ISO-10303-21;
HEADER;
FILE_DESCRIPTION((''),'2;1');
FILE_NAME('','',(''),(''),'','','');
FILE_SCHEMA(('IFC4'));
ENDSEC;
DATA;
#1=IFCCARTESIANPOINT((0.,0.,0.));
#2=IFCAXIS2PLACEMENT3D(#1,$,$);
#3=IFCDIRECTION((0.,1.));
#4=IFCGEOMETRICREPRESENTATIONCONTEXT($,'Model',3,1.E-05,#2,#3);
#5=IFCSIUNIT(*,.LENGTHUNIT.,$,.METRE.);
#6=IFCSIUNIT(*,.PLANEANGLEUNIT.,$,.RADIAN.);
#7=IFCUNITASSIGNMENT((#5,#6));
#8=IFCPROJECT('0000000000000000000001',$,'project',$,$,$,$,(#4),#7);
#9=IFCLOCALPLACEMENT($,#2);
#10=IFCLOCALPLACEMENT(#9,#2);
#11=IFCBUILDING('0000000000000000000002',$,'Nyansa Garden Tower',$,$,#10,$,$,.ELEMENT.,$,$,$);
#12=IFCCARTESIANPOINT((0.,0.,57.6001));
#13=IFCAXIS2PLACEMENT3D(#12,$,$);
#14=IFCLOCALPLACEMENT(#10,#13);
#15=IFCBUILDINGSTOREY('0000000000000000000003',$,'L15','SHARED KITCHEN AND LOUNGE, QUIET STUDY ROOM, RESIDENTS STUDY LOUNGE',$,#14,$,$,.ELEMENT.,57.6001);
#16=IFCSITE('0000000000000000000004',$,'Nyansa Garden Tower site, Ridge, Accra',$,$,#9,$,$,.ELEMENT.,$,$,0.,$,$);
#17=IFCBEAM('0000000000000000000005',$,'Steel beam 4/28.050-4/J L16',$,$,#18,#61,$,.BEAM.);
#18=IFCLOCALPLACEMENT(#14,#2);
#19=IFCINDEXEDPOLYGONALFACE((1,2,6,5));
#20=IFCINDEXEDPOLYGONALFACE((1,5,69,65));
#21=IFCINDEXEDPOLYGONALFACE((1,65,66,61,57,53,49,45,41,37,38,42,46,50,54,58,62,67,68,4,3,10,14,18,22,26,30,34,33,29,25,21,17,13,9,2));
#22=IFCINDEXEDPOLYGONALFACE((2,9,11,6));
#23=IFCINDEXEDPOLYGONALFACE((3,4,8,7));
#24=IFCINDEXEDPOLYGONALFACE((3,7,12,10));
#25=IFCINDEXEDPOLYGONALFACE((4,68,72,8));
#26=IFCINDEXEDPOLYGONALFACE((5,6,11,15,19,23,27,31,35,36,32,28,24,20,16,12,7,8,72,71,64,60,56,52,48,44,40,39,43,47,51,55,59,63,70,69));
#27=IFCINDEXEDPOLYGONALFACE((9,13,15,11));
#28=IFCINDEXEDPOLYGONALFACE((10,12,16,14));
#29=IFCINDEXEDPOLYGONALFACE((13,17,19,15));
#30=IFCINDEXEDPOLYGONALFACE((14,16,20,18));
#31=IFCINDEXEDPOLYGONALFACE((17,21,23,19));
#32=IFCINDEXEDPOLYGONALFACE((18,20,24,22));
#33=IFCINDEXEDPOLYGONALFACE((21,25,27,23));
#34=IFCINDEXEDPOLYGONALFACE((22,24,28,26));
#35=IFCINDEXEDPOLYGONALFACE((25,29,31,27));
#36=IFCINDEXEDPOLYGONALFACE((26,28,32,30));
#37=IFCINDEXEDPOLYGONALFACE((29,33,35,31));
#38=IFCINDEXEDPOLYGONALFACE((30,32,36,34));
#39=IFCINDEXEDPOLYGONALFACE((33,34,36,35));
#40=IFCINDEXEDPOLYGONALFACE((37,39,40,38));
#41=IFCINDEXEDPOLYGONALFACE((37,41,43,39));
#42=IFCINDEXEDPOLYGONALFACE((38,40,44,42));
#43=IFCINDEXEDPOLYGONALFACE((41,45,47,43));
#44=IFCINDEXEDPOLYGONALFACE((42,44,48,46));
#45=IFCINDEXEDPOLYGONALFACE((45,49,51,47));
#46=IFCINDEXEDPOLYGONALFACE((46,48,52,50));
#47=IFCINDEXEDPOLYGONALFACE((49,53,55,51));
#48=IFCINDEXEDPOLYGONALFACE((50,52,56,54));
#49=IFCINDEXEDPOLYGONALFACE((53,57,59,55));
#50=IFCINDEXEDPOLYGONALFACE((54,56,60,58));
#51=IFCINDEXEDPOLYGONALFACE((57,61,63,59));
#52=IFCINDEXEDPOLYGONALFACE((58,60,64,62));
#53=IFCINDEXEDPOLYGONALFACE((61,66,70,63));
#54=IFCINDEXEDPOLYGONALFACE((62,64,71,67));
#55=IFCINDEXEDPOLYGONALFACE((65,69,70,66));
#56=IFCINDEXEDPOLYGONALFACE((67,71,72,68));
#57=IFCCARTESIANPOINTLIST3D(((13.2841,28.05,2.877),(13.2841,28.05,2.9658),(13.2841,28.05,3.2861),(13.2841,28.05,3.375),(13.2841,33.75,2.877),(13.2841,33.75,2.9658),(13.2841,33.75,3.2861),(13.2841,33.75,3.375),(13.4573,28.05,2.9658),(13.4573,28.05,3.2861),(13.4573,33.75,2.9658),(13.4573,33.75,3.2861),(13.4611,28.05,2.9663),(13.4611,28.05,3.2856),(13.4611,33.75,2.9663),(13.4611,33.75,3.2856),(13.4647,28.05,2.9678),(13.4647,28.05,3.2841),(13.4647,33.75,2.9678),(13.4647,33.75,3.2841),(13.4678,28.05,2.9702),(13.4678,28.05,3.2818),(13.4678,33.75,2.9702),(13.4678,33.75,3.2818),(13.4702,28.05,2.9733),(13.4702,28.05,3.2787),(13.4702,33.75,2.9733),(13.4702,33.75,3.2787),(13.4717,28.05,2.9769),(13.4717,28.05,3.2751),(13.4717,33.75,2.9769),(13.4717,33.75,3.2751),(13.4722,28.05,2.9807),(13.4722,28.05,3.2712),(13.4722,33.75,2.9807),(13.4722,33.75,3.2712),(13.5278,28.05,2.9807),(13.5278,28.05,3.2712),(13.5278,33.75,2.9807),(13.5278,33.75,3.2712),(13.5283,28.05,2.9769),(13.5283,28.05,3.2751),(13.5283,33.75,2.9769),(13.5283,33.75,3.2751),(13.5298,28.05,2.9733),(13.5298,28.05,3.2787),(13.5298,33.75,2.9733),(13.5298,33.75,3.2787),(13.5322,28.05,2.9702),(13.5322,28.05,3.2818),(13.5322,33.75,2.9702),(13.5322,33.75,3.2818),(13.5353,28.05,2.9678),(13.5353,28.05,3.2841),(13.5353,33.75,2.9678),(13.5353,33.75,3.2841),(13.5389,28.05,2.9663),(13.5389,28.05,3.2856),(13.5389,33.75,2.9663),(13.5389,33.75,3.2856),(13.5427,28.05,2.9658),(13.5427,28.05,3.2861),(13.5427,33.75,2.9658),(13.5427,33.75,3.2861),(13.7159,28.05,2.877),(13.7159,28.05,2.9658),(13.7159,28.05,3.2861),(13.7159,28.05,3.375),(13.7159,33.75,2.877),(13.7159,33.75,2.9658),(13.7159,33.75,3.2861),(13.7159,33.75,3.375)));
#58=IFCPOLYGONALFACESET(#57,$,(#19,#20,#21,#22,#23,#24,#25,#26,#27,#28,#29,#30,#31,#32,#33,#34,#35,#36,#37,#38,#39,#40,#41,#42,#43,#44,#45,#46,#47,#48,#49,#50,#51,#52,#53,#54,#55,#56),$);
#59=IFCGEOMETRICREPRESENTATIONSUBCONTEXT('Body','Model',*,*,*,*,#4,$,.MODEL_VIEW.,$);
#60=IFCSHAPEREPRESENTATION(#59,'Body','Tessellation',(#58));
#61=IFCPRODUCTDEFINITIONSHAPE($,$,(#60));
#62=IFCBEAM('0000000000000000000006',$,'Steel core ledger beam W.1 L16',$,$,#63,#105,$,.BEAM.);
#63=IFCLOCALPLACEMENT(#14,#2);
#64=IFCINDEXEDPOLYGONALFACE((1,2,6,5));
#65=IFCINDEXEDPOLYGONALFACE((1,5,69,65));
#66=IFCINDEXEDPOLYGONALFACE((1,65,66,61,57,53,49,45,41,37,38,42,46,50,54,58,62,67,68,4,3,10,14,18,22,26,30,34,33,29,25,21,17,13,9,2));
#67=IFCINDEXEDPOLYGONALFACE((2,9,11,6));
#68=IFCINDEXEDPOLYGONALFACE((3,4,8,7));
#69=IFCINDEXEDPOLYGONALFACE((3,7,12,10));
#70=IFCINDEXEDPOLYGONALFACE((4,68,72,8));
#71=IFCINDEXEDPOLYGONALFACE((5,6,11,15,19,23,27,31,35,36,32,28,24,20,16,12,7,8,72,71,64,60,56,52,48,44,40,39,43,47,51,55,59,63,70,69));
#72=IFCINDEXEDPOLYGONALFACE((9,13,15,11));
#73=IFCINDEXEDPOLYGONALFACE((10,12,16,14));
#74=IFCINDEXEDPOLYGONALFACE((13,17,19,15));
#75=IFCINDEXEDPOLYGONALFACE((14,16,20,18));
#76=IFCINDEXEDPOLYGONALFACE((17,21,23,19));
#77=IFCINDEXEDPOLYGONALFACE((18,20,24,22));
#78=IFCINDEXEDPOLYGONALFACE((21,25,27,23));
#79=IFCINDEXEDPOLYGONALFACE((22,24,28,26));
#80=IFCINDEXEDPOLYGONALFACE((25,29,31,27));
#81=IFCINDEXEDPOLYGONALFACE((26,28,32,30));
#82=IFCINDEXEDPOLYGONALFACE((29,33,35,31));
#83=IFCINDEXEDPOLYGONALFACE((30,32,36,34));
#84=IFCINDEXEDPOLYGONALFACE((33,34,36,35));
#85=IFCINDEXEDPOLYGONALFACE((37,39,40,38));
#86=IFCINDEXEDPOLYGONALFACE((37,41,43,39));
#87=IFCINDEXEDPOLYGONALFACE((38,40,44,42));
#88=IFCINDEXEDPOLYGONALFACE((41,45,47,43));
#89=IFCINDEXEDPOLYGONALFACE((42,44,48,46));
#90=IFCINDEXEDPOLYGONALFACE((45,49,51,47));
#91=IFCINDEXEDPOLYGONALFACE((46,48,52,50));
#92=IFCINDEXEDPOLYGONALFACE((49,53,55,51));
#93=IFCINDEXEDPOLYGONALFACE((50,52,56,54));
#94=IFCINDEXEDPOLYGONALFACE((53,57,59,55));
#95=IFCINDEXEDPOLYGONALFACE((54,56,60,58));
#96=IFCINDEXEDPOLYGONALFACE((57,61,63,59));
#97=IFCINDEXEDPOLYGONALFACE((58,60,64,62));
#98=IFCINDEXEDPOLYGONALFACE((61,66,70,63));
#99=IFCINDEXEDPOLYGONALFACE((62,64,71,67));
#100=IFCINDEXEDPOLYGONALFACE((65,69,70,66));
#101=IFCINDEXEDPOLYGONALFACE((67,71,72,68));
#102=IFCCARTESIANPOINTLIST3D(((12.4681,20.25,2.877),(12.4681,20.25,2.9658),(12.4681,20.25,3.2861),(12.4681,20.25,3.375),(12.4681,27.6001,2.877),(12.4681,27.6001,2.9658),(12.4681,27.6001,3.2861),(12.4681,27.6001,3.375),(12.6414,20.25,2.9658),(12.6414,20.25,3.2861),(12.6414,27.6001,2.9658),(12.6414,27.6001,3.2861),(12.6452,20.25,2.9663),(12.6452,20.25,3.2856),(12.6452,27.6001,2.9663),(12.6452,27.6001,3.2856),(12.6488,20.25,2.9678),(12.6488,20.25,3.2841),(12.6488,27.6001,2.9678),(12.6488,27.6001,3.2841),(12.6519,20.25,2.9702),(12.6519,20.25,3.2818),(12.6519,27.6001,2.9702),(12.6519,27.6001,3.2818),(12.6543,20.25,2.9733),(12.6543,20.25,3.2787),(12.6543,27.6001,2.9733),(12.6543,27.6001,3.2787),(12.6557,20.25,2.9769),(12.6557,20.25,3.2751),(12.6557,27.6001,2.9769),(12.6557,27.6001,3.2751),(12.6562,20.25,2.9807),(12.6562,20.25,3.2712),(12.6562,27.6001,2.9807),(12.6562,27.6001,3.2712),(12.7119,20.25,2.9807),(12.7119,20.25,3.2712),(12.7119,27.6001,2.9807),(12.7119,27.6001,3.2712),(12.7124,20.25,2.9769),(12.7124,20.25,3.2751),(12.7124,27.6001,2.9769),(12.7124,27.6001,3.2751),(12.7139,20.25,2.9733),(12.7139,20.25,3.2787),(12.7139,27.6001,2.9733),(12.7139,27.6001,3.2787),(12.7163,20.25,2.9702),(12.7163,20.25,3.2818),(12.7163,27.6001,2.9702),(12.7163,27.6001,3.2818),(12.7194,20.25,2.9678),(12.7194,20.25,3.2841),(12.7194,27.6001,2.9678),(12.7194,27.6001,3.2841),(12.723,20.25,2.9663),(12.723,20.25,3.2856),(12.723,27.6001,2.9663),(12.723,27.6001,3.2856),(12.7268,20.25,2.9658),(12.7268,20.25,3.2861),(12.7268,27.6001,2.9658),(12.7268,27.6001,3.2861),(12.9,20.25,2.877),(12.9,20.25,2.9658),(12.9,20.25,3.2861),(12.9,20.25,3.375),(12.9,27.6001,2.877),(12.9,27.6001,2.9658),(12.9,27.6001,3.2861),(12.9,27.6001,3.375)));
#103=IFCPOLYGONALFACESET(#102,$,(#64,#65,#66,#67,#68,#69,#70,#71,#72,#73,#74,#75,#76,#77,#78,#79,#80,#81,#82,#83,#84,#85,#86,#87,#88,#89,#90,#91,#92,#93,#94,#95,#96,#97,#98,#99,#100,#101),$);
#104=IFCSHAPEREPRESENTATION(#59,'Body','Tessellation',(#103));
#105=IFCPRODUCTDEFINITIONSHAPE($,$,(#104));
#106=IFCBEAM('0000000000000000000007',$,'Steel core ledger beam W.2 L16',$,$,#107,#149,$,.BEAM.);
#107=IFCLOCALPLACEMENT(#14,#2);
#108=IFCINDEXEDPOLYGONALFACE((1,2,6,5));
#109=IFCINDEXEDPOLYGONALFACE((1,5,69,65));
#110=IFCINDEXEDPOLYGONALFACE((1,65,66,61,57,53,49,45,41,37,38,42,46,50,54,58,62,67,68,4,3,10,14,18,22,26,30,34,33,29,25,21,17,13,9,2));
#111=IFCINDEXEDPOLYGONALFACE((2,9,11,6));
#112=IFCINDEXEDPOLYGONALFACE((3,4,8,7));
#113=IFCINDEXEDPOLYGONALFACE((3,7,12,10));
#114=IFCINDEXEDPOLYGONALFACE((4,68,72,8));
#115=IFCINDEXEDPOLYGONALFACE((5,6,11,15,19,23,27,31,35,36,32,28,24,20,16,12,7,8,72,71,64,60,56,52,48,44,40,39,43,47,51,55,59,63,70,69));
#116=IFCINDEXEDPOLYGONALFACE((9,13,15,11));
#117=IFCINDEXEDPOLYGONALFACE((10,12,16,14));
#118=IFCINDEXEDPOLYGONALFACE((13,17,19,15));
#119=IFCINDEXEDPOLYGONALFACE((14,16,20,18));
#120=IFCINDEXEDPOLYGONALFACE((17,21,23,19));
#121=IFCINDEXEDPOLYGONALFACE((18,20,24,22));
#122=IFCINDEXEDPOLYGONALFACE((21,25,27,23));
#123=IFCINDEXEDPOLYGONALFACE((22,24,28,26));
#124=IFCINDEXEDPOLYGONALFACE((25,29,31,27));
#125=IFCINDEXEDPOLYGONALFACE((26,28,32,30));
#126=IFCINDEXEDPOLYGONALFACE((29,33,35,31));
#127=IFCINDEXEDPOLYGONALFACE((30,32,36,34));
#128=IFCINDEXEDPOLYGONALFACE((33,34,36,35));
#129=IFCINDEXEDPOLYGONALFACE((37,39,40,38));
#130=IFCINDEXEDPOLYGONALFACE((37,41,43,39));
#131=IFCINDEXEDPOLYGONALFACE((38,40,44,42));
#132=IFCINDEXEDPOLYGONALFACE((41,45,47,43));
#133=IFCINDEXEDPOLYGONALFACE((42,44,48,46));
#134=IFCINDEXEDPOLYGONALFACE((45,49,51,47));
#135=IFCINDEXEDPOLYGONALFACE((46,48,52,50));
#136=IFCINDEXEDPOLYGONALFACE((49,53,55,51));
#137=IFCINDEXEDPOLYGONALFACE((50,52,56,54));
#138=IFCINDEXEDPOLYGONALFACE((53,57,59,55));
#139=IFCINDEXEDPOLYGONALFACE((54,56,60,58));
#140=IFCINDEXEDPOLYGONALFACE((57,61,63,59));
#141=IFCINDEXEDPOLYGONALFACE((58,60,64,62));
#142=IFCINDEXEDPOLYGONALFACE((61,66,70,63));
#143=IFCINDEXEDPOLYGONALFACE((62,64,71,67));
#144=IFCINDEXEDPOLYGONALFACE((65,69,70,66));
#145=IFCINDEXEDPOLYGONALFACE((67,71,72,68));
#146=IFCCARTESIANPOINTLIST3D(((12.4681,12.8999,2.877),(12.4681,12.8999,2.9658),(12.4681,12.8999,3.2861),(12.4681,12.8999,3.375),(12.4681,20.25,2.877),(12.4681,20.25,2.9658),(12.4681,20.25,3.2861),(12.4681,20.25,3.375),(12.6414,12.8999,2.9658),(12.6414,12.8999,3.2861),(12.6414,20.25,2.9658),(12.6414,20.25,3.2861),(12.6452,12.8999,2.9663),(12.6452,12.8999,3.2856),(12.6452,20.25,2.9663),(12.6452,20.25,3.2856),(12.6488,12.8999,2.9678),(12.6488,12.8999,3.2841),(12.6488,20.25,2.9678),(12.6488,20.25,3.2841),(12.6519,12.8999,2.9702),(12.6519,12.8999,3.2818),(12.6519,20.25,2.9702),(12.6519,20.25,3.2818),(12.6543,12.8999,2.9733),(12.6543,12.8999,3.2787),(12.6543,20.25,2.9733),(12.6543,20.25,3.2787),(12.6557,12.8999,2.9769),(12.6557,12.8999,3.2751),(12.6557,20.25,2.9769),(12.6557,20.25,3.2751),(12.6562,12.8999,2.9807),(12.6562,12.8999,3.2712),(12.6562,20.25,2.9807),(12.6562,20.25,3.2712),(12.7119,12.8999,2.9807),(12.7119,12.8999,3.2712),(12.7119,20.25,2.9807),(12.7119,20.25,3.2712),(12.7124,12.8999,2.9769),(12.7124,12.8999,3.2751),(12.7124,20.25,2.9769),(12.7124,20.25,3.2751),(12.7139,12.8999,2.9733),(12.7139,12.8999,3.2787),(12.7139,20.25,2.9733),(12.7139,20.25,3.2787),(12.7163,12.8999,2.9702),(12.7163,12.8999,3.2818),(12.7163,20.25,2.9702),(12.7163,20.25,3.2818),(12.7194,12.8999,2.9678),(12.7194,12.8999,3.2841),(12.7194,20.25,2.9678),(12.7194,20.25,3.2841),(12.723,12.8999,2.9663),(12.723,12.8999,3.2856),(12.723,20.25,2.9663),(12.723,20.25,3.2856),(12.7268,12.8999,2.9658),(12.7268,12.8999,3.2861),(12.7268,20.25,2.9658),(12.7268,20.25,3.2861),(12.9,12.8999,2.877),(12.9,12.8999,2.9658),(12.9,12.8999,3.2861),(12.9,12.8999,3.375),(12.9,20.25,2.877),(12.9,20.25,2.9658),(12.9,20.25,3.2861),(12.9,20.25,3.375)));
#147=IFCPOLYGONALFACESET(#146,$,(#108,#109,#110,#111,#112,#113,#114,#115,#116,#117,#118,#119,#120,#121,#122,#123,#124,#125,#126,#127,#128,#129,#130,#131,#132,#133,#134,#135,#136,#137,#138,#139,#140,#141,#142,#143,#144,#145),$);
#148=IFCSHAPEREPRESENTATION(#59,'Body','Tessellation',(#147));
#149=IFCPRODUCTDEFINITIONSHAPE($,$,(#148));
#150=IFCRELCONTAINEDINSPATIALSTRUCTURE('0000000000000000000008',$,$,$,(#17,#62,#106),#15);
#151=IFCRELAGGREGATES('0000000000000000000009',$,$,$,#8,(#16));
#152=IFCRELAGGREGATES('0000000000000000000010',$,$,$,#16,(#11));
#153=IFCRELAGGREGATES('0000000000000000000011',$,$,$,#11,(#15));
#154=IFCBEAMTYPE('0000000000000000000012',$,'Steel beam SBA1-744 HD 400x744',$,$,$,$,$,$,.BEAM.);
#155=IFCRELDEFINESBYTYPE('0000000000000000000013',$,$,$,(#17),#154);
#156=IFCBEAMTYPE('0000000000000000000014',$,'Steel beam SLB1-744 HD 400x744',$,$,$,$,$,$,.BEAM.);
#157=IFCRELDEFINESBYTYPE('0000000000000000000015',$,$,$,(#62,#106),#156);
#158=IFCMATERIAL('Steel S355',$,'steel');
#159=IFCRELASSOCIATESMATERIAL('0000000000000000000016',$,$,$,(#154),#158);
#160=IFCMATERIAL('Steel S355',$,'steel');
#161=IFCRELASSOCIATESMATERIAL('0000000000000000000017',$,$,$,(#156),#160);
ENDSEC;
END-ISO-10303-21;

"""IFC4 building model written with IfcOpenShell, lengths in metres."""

from ifc_helpers import new_model, si_unit, direction, frame, origin, origin_2d, place, context, subcontext, project, spatial, i_section, extrude, material, material_profile, profile_set, type_object, element, save


model = new_model("IFC4")

# Units and contexts
model_context = context("Model", 3, precision=1e-05, world=origin(), true_north=direction((0.0, 1.0)))
body_context = subcontext(model_context, "Body", "Model", "MODEL_VIEW")
ifc_project = project(units=[si_unit("LENGTHUNIT", "METRE"), si_unit("PLANEANGLEUNIT", "RADIAN")], contexts=[model_context])

# Site, building, storey
site_placement = place(None, origin())
site = spatial("IfcSite", under=ifc_project, at=site_placement, Name="Nyansa Garden Tower site, Ridge, Accra", CompositionType="ELEMENT", RefElevation=0.0)
building_placement = place(site_placement, origin())
building = spatial("IfcBuilding", under=site, at=building_placement, Name="Nyansa Garden Tower", CompositionType="ELEMENT")
storey_placement = place(building_placement, frame((0.0, 0.0, 57.6001)))
storey = spatial("IfcBuildingStorey", under=building, at=storey_placement, Name="L15", Description="SHARED KITCHEN AND LOUNGE, QUIET STUDY ROOM, RESIDENTS STUDY LOUNGE", CompositionType="ELEMENT", Elevation=57.6001)

# Beams
ifc_material_1 = material(Name="Steel S355", Category="steel")
ifc_material_profile_1 = material_profile(ifc_material_1, i_section(OverallWidth=0.4319, OverallDepth=0.498, WebThickness=0.0557, FlangeThickness=0.0889, FilletRadius=0.0149, at=origin_2d()), Name="HD 400x744")
ifc_profile_set_1 = profile_set([ifc_material_profile_1], Name="Steel S355")
beam_type_1 = type_object("IfcBeamType", Name="Steel beam SBA1-744 HD 400x744", PredefinedType="BEAM", material=ifc_profile_set_1)
for number, where, z_axis, x_axis, name in (
    (1, (13.5, 28.05, 3.126), (0.0, 1.0, 0.0), (-1.0, 0.0, 0.0), "Steel beam 4/28.050-4/J L16"),
):
    element("IfcBeam", number, at=place(storey_placement, frame(where, z_axis=z_axis, x_axis=x_axis)), inside=storey, type_object=beam_type_1, Name=name, PredefinedType="BEAM", context=body_context, shape_type="SweptSolid", body=[
        extrude(i_section(OverallWidth=0.4319, OverallDepth=0.498, WebThickness=0.0557, FlangeThickness=0.0889, FilletRadius=0.0149, at=origin_2d()), origin(), (0.0, 0.0, 1.0), 5.7),
    ])
ifc_material_2 = material(Name="Steel S355", Category="steel")
ifc_material_profile_2 = material_profile(ifc_material_2, i_section(OverallWidth=0.4319, OverallDepth=0.498, WebThickness=0.0557, FlangeThickness=0.0889, FilletRadius=0.0149, at=origin_2d()), Name="HD 400x744")
ifc_profile_set_2 = profile_set([ifc_material_profile_2], Name="Steel S355")
beam_type_2 = type_object("IfcBeamType", Name="Steel beam SLB1-744 HD 400x744", PredefinedType="BEAM", material=ifc_profile_set_2)
for number, where, z_axis, x_axis, name in (
    (2, (12.6841, 27.6001, 3.126), (0.0, -1.0, 0.0), (1.0, 0.0, 0.0), "Steel core ledger beam W.1 L16"),
    (3, (12.6841, 20.25, 3.126), (0.0, -1.0, 0.0), (1.0, 0.0, 0.0), "Steel core ledger beam W.2 L16"),
):
    element("IfcBeam", number, at=place(storey_placement, frame(where, z_axis=z_axis, x_axis=x_axis)), inside=storey, type_object=beam_type_2, Name=name, PredefinedType="BEAM", context=body_context, shape_type="SweptSolid", body=[
        extrude(i_section(OverallWidth=0.4319, OverallDepth=0.498, WebThickness=0.0557, FlangeThickness=0.0889, FilletRadius=0.0149, at=origin_2d()), origin(), (0.0, 0.0, 1.0), 7.3501),
    ])

save(model, "model.ifc")
